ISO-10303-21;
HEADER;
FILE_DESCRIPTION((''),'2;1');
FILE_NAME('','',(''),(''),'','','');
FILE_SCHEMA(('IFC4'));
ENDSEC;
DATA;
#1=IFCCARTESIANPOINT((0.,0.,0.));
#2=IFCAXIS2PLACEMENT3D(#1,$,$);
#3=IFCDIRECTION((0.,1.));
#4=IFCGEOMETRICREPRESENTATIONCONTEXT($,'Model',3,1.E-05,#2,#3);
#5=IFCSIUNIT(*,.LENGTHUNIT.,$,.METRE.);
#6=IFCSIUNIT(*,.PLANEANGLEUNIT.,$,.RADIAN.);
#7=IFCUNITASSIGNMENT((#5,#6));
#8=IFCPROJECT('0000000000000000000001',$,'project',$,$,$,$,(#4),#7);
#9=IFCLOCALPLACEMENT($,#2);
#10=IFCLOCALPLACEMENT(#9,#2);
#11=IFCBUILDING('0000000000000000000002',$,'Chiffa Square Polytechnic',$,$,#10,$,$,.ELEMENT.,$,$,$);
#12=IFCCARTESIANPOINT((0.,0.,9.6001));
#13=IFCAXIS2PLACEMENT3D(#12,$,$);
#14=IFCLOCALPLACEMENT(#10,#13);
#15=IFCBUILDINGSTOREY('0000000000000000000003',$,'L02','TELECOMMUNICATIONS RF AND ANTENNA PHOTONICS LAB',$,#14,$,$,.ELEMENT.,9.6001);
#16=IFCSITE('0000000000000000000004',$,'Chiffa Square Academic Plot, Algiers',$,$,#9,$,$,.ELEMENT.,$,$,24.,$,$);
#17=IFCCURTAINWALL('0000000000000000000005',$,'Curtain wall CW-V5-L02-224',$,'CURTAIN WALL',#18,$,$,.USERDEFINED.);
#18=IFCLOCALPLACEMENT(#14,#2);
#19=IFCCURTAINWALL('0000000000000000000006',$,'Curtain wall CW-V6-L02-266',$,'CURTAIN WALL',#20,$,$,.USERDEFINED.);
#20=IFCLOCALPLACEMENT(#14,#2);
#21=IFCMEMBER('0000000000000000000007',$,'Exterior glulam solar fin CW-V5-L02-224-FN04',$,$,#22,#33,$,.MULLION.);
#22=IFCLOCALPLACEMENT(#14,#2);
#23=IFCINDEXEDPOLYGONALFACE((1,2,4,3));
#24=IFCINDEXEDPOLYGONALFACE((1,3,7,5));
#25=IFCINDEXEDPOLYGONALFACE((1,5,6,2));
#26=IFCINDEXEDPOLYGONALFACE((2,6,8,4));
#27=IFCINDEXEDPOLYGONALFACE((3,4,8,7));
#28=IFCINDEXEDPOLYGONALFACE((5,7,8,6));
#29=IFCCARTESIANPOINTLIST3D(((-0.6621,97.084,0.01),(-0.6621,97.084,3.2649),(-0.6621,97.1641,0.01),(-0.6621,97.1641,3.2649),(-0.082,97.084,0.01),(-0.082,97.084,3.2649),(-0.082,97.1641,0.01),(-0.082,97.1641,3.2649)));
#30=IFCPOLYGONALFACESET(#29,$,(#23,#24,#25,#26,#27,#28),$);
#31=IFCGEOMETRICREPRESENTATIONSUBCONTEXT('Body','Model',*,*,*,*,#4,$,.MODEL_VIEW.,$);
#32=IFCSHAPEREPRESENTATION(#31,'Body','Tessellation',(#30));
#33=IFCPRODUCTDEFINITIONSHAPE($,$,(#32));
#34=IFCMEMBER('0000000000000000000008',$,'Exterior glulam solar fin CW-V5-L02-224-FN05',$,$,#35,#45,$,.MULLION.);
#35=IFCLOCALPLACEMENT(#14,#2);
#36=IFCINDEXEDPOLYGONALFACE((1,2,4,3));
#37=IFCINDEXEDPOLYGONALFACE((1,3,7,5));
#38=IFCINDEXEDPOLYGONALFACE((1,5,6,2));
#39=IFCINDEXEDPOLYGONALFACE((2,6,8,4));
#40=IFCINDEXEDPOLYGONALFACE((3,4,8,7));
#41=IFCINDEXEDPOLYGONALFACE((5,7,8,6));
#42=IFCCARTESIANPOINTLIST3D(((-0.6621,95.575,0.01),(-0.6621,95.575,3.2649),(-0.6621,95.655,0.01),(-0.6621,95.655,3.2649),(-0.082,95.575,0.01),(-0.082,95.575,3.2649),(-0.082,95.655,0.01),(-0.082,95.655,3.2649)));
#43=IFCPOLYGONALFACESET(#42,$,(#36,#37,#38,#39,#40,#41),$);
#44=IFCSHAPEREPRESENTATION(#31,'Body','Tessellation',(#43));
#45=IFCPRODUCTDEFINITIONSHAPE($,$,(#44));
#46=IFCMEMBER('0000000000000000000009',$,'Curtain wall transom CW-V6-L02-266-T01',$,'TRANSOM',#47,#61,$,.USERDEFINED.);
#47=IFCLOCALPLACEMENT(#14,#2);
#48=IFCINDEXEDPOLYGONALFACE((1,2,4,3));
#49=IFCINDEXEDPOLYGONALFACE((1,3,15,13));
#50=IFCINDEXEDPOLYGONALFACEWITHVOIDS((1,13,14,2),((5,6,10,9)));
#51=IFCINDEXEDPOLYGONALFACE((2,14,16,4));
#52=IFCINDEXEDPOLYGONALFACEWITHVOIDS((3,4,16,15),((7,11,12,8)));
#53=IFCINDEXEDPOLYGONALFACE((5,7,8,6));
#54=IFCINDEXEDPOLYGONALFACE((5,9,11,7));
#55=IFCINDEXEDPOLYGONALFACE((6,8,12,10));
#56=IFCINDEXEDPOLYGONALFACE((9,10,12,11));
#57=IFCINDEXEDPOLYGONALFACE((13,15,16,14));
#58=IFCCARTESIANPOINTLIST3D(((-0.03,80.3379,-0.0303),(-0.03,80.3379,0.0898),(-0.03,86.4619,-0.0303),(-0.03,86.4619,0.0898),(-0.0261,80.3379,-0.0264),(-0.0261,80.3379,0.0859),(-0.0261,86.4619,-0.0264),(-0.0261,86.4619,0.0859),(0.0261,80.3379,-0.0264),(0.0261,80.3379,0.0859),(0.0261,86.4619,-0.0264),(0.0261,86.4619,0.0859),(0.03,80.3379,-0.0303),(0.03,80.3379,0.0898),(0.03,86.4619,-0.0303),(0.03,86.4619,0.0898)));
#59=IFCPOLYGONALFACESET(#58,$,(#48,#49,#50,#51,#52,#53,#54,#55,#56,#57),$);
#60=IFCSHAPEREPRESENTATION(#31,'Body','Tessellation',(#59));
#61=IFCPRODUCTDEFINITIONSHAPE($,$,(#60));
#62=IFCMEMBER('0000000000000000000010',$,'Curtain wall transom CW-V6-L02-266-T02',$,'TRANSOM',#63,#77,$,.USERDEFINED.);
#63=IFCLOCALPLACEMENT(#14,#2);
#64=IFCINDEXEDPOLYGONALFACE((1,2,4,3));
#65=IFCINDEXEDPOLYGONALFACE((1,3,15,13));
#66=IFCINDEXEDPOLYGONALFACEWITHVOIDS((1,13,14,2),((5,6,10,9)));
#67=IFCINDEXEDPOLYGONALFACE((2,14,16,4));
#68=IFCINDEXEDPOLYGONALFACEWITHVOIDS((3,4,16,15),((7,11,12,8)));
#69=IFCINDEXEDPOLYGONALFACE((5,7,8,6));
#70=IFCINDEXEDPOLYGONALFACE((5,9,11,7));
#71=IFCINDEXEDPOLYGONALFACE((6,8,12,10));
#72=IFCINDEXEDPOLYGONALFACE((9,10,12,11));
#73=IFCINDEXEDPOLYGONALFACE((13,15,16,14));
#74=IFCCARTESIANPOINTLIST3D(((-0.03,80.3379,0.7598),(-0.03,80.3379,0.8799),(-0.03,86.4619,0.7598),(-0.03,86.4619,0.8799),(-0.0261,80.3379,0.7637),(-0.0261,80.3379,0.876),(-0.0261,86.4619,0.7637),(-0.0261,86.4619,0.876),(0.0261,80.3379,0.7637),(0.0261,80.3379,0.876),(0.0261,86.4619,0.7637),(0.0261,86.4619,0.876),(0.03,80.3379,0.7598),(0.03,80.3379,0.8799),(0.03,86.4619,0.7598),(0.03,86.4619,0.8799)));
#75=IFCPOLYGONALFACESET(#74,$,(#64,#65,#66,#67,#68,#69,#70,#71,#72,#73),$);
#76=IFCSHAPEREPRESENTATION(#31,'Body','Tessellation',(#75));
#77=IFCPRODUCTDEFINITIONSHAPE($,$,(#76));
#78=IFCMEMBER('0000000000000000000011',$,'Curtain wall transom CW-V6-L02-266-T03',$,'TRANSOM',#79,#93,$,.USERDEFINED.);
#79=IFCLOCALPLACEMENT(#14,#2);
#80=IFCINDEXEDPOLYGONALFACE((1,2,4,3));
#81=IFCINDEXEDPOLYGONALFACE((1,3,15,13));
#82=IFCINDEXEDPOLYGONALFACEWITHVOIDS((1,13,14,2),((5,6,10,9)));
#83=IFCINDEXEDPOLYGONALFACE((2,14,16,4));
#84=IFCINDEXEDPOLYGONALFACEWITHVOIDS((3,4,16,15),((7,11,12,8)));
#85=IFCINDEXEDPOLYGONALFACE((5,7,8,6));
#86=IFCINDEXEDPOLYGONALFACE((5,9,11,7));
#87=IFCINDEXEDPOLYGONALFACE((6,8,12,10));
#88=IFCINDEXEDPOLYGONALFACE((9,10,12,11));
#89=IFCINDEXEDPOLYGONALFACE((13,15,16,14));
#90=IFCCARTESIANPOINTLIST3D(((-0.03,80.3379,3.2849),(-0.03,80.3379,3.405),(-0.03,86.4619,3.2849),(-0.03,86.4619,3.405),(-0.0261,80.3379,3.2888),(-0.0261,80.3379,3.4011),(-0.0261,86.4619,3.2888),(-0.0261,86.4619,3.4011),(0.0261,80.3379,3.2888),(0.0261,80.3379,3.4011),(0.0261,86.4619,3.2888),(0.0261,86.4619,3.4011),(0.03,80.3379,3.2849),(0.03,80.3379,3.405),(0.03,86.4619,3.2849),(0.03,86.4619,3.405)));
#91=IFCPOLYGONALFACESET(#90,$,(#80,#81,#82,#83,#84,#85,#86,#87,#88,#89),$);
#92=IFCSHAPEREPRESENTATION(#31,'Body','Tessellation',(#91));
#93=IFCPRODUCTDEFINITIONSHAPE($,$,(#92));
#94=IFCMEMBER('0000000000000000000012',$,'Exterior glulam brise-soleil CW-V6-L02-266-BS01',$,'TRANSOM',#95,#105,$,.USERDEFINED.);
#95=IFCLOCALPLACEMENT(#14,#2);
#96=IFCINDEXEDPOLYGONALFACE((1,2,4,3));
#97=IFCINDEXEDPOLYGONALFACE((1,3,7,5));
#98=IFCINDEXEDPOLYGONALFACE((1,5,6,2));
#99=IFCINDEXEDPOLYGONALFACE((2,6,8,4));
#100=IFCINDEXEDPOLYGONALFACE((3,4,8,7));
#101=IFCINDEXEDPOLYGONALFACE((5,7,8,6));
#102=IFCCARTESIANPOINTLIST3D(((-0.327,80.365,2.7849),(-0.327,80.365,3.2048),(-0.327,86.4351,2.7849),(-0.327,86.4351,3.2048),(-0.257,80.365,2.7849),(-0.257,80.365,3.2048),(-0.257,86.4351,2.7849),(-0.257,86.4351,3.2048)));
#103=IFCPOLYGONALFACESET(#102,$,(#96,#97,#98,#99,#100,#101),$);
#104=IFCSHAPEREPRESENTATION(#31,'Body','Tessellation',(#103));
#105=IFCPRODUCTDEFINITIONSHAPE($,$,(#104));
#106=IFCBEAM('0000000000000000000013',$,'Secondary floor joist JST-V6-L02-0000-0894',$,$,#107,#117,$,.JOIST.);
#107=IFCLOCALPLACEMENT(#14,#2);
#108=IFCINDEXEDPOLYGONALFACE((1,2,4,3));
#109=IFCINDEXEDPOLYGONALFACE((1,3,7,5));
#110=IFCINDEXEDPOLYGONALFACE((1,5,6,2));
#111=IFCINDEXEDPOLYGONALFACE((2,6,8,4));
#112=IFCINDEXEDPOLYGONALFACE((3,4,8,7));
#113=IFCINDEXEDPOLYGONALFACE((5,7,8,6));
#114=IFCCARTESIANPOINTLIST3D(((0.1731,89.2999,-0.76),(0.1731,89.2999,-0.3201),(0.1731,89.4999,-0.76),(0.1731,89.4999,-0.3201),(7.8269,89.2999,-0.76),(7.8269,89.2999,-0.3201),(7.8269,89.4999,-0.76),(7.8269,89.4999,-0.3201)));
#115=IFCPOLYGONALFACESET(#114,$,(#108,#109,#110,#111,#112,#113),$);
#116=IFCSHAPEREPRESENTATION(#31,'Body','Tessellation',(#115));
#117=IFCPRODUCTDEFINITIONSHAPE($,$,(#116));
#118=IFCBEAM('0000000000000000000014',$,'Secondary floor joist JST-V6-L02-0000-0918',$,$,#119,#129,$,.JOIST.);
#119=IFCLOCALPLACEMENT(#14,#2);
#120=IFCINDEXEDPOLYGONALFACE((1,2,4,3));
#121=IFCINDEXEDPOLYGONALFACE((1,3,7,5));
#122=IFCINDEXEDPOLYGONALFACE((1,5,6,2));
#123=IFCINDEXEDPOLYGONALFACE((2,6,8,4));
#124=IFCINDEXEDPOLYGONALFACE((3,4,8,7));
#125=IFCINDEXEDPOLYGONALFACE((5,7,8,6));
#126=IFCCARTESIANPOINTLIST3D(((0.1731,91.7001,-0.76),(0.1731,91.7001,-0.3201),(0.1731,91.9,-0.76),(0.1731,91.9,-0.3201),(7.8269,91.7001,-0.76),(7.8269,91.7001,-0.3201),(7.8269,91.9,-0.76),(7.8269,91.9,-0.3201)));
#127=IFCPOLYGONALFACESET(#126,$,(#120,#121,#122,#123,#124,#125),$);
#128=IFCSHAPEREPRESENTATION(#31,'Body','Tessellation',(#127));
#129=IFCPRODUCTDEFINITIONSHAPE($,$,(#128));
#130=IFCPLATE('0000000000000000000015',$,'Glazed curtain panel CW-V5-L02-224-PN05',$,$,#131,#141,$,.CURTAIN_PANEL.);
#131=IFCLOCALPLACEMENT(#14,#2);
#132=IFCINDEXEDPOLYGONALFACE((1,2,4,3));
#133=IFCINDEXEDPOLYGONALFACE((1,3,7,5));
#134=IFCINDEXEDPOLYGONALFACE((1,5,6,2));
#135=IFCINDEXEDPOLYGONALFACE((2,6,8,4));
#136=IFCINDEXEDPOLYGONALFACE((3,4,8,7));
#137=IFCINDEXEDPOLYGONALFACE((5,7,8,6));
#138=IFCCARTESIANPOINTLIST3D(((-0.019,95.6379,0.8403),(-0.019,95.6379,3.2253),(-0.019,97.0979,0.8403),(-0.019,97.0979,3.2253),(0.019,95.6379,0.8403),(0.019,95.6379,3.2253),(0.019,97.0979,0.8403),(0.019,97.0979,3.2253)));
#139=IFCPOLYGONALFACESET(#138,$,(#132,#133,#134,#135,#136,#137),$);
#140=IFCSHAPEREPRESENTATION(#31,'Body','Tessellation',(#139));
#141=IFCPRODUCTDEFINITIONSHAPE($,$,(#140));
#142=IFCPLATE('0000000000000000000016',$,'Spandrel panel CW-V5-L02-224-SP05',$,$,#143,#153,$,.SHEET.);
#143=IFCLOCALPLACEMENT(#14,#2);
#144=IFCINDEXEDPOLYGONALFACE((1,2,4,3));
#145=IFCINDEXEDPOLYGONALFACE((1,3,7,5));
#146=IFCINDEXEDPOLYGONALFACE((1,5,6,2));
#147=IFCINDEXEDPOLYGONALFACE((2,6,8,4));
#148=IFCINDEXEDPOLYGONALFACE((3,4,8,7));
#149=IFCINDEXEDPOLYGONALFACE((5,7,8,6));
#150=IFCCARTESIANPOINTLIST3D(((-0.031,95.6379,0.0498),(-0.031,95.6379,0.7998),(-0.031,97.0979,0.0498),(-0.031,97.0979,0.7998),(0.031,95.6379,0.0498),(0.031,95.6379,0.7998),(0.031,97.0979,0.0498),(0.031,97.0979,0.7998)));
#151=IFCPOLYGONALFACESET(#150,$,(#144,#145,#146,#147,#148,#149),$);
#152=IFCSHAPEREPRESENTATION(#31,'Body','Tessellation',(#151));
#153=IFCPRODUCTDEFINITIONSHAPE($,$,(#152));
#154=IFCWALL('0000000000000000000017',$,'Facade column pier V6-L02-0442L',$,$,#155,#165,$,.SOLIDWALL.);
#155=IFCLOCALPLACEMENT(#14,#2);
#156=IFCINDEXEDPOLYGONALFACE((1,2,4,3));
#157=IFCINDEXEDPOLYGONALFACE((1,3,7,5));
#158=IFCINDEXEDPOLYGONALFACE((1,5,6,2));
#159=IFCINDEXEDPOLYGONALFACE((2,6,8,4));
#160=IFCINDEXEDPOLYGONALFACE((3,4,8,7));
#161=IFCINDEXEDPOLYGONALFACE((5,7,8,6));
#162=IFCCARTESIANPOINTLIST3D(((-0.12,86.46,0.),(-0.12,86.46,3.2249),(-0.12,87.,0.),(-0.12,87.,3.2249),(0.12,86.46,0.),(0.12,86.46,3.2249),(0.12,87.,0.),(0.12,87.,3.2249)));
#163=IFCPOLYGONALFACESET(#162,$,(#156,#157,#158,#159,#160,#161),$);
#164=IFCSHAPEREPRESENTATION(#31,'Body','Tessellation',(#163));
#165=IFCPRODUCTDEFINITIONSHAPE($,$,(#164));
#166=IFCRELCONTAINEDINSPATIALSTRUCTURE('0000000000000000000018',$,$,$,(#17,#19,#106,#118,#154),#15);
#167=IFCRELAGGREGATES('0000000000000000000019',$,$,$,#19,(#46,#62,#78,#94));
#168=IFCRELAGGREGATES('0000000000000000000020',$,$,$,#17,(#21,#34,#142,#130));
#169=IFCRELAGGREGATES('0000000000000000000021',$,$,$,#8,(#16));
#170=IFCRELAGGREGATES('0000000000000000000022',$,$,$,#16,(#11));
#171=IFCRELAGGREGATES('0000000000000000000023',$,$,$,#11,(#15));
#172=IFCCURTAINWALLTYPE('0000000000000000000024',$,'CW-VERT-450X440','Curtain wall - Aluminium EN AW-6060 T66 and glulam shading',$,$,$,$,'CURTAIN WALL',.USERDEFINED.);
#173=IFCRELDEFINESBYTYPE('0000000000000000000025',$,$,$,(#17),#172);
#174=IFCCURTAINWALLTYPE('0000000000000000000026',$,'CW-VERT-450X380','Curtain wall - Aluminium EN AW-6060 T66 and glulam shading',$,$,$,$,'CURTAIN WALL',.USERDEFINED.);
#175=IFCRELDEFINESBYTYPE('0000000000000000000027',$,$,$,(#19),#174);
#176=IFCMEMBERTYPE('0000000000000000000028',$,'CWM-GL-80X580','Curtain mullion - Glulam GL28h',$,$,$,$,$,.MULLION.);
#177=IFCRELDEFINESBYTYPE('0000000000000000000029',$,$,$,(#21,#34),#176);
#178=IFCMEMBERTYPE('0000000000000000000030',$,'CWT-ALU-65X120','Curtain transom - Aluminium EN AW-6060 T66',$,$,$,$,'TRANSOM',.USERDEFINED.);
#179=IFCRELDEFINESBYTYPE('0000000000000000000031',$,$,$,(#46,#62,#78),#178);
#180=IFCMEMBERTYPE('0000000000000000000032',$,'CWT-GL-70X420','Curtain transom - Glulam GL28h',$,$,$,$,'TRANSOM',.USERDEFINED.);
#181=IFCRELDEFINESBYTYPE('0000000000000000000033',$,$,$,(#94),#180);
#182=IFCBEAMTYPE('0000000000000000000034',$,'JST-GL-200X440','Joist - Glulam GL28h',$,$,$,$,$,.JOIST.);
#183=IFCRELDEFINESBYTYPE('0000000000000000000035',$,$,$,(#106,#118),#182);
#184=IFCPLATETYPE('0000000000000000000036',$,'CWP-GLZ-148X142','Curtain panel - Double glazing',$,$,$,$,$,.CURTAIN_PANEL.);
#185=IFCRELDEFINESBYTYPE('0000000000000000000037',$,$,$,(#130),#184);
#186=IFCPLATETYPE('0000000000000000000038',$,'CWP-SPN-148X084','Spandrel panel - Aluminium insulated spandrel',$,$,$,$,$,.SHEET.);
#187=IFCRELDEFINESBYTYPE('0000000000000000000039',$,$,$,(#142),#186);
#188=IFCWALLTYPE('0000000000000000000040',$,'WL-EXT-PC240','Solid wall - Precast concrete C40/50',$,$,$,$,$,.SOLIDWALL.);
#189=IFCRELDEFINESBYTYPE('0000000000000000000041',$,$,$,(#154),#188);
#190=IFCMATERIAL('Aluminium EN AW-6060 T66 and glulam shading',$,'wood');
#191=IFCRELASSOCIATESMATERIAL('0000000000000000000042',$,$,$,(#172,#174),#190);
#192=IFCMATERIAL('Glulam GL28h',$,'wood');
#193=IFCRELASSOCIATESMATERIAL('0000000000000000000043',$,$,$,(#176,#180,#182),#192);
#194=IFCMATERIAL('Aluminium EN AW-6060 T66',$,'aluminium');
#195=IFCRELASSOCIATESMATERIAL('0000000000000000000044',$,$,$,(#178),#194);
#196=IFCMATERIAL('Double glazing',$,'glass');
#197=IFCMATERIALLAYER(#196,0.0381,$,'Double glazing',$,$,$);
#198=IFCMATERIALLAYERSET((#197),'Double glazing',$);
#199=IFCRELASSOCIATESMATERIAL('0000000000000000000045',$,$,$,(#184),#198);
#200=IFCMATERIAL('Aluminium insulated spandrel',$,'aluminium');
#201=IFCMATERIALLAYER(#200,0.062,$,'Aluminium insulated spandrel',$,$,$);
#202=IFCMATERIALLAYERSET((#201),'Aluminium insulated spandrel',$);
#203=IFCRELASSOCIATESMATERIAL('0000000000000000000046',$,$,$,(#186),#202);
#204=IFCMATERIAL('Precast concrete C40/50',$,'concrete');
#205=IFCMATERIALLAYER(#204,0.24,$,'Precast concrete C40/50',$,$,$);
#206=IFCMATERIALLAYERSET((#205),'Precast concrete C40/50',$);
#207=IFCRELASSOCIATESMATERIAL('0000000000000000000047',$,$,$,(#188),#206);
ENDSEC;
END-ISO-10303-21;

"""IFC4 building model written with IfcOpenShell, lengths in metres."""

from ifc_helpers import new_model, si_unit, direction, frame, frame_2d, origin, origin_2d, place, context, subcontext, project, spatial, rectangle, hollow_rectangle, extrude, material, layer, layer_set, material_profile, profile_set, type_object, element, aggregate, save


model = new_model("IFC4")

# Units and contexts
model_context = context("Model", 3, precision=1e-05, world=origin(), true_north=direction((0.0, 1.0)))
body_context = subcontext(model_context, "Body", "Model", "MODEL_VIEW")
ifc_project = project(units=[si_unit("LENGTHUNIT", "METRE"), si_unit("PLANEANGLEUNIT", "RADIAN")], contexts=[model_context])

# Site, building, storey
site_placement = place(None, origin())
site = spatial("IfcSite", under=ifc_project, at=site_placement, Name="Chiffa Square Academic Plot, Algiers", CompositionType="ELEMENT", RefElevation=24.0)
building_placement = place(site_placement, origin())
building = spatial("IfcBuilding", under=site, at=building_placement, Name="Chiffa Square Polytechnic", CompositionType="ELEMENT")
storey_placement = place(building_placement, frame((0.0, 0.0, 9.6001)))
storey = spatial("IfcBuildingStorey", under=building, at=storey_placement, Name="L02", Description="TELECOMMUNICATIONS RF AND ANTENNA PHOTONICS LAB", CompositionType="ELEMENT", Elevation=9.6001)

# Curtain wall
ifc_material_1 = material(Name="Aluminium EN AW-6060 T66 and glulam shading", Category="wood")
curtain_wall_type_1 = type_object("IfcCurtainWallType", Name="CW-VERT-450X440", Description="Curtain wall - Aluminium EN AW-6060 T66 and glulam shading", ElementType="CURTAIN WALL", PredefinedType="USERDEFINED", material=ifc_material_1)
curtain_wall_1_placement = place(storey_placement, origin())
curtain_wall_1 = element("IfcCurtainWall", 1, at=curtain_wall_1_placement, inside=storey, type_object=curtain_wall_type_1, Name="Curtain wall CW-V5-L02-224", ObjectType="CURTAIN WALL", PredefinedType="USERDEFINED")
ifc_material_2 = material(Name="Aluminium EN AW-6060 T66", Category="aluminium")

# Curtain wall
curtain_wall_type_2 = type_object("IfcCurtainWallType", Name="CW-VERT-450X380", Description="Curtain wall - Aluminium EN AW-6060 T66 and glulam shading", ElementType="CURTAIN WALL", PredefinedType="USERDEFINED", material=ifc_material_1)
curtain_wall_2_placement = place(storey_placement, origin())
curtain_wall_2 = element("IfcCurtainWall", 2, at=curtain_wall_2_placement, inside=storey, type_object=curtain_wall_type_2, Name="Curtain wall CW-V6-L02-266", ObjectType="CURTAIN WALL", PredefinedType="USERDEFINED")

# Members
ifc_material_3 = material(Name="Glulam GL28h", Category="wood")
ifc_material_profile_1 = material_profile(ifc_material_3, rectangle(XDim=0.0801, YDim=0.5801, at=origin_2d()), Name="GL28h 80x580")
ifc_profile_set_1 = profile_set([ifc_material_profile_1], Name="Glulam GL28h")
member_type_1 = type_object("IfcMemberType", Name="CWM-GL-80X580", Description="Curtain mullion - Glulam GL28h", PredefinedType="MULLION", material=ifc_profile_set_1)
member_1_placement = place(storey_placement, frame((-0.3721, 97.124, 0.01), z_axis=(0.0, 0.0, 1.0), x_axis=(0.0, -1.0, 0.0)))
member_1 = element("IfcMember", 3, at=member_1_placement, type_object=member_type_1, Name="Exterior glulam solar fin CW-V5-L02-224-FN04", PredefinedType="MULLION", context=body_context, shape_type="SweptSolid", body=[
    extrude(rectangle(XDim=0.0801, YDim=0.5801, at=origin_2d()), origin(), (0.0, 0.0, 1.0), 3.2549),
])
member_2_placement = place(storey_placement, frame((-0.3721, 95.615, 0.01), z_axis=(0.0, 0.0, 1.0), x_axis=(0.0, -1.0, 0.0)))
member_2 = element("IfcMember", 4, at=member_2_placement, type_object=member_type_1, Name="Exterior glulam solar fin CW-V5-L02-224-FN05", PredefinedType="MULLION", context=body_context, shape_type="SweptSolid", body=[
    extrude(rectangle(XDim=0.0801, YDim=0.5801, at=origin_2d()), origin(), (0.0, 0.0, 1.0), 3.2549),
])
ifc_material_profile_2 = material_profile(ifc_material_2, hollow_rectangle(XDim=0.0601, YDim=0.1201, WallThickness=0.0039, at=origin_2d()), Name="ALU 60x120x4")
ifc_profile_set_2 = profile_set([ifc_material_profile_2], Name="Aluminium EN AW-6060 T66")
member_type_2 = type_object("IfcMemberType", Name="CWT-ALU-65X120", Description="Curtain transom - Aluminium EN AW-6060 T66", ElementType="TRANSOM", PredefinedType="USERDEFINED", material=ifc_profile_set_2)
member_3_placement = place(storey_placement, frame((0.0, 86.4619, 0.0298), z_axis=(0.0, -1.0, 0.0), x_axis=(1.0, 0.0, 0.0)))
member_3 = element("IfcMember", 5, at=member_3_placement, type_object=member_type_2, Name="Curtain wall transom CW-V6-L02-266-T01", ObjectType="TRANSOM", PredefinedType="USERDEFINED", context=body_context, shape_type="SweptSolid", body=[
    extrude(hollow_rectangle(XDim=0.0601, YDim=0.1201, WallThickness=0.0039, at=origin_2d()), origin(), (0.0, 0.0, 1.0), 6.124),
])
member_4_placement = place(storey_placement, frame((0.0, 86.4619, 0.8198), z_axis=(0.0, -1.0, 0.0), x_axis=(1.0, 0.0, 0.0)))
member_4 = element("IfcMember", 6, at=member_4_placement, type_object=member_type_2, Name="Curtain wall transom CW-V6-L02-266-T02", ObjectType="TRANSOM", PredefinedType="USERDEFINED", context=body_context, shape_type="SweptSolid", body=[
    extrude(hollow_rectangle(XDim=0.0601, YDim=0.1201, WallThickness=0.0039, at=origin_2d()), origin(), (0.0, 0.0, 1.0), 6.124),
])
member_5_placement = place(storey_placement, frame((0.0, 86.4619, 3.345), z_axis=(0.0, -1.0, 0.0), x_axis=(1.0, 0.0, 0.0)))
member_5 = element("IfcMember", 7, at=member_5_placement, type_object=member_type_2, Name="Curtain wall transom CW-V6-L02-266-T03", ObjectType="TRANSOM", PredefinedType="USERDEFINED", context=body_context, shape_type="SweptSolid", body=[
    extrude(hollow_rectangle(XDim=0.0601, YDim=0.1201, WallThickness=0.0039, at=origin_2d()), origin(), (0.0, 0.0, 1.0), 6.124),
])
ifc_material_profile_3 = material_profile(ifc_material_3, rectangle(XDim=0.0701, YDim=0.4199, at=origin_2d()), Name="GL28h 70x420")
ifc_profile_set_3 = profile_set([ifc_material_profile_3], Name="Glulam GL28h")
member_type_3 = type_object("IfcMemberType", Name="CWT-GL-70X420", Description="Curtain transom - Glulam GL28h", ElementType="TRANSOM", PredefinedType="USERDEFINED", material=ifc_profile_set_3)
member_6_placement = place(storey_placement, frame((-0.292, 86.4351, 2.9949), z_axis=(0.0, -1.0, 0.0), x_axis=(1.0, 0.0, 0.0)))
member_6 = element("IfcMember", 8, at=member_6_placement, type_object=member_type_3, Name="Exterior glulam brise-soleil CW-V6-L02-266-BS01", ObjectType="TRANSOM", PredefinedType="USERDEFINED", context=body_context, shape_type="SweptSolid", body=[
    extrude(rectangle(XDim=0.0701, YDim=0.4199, at=origin_2d()), origin(), (0.0, 0.0, 1.0), 6.0701),
])
aggregate(curtain_wall_2, [member_3, member_4, member_5, member_6])

# Beams
ifc_material_profile_4 = material_profile(ifc_material_3, rectangle(XDim=0.2, YDim=0.4399, at=origin_2d()), Name="GL28h 200x440")
ifc_profile_set_4 = profile_set([ifc_material_profile_4], Name="Glulam GL28h")
beam_type_1 = type_object("IfcBeamType", Name="JST-GL-200X440", Description="Joist - Glulam GL28h", PredefinedType="JOIST", material=ifc_profile_set_4)
for number, where, z_axis, x_axis, name in (
    (9, (0.1731, 89.3999, -0.54), (1.0, 0.0, 0.0), (0.0, 1.0, 0.0), "Secondary floor joist JST-V6-L02-0000-0894"),
    (10, (0.1731, 91.8, -0.54), (1.0, 0.0, 0.0), (0.0, 1.0, 0.0), "Secondary floor joist JST-V6-L02-0000-0918"),
):
    element("IfcBeam", number, at=place(storey_placement, frame(where, z_axis=z_axis, x_axis=x_axis)), inside=storey, type_object=beam_type_1, Name=name, PredefinedType="JOIST", context=body_context, shape_type="SweptSolid", body=[
        extrude(rectangle(XDim=0.2, YDim=0.4399, at=origin_2d()), origin(), (0.0, 0.0, 1.0), 7.6538),
    ])

# Plates
ifc_material_4 = material(Name="Double glazing", Category="glass")
ifc_layer_1 = layer(ifc_material_4, 0.0381, Name="Double glazing")
ifc_layer_set_1 = layer_set([ifc_layer_1], Name="Double glazing")
plate_type_1 = type_object("IfcPlateType", Name="CWP-GLZ-148X142", Description="Curtain panel - Double glazing", PredefinedType="CURTAIN_PANEL", material=ifc_layer_set_1)
plate_1_placement = place(storey_placement, frame((0.0, 96.3679, 0.8403), z_axis=(0.0, 0.0, 1.0), x_axis=(0.0, -1.0, 0.0)))
plate_1 = element("IfcPlate", 11, at=plate_1_placement, type_object=plate_type_1, Name="Glazed curtain panel CW-V5-L02-224-PN05", PredefinedType="CURTAIN_PANEL", context=body_context, shape_type="SweptSolid", body=[
    extrude(rectangle(XDim=1.46, YDim=0.0381, at=origin_2d()), origin(), (0.0, 0.0, 1.0), 2.385),
])
ifc_material_5 = material(Name="Aluminium insulated spandrel", Category="aluminium")
ifc_layer_2 = layer(ifc_material_5, 0.062, Name="Aluminium insulated spandrel")
ifc_layer_set_2 = layer_set([ifc_layer_2], Name="Aluminium insulated spandrel")
plate_type_2 = type_object("IfcPlateType", Name="CWP-SPN-148X084", Description="Spandrel panel - Aluminium insulated spandrel", PredefinedType="SHEET", material=ifc_layer_set_2)
plate_2_placement = place(storey_placement, frame((0.0, 96.3679, 0.0498), z_axis=(0.0, 0.0, 1.0), x_axis=(0.0, -1.0, 0.0)))
plate_2 = element("IfcPlate", 12, at=plate_2_placement, type_object=plate_type_2, Name="Spandrel panel CW-V5-L02-224-SP05", PredefinedType="SHEET", context=body_context, shape_type="SweptSolid", body=[
    extrude(rectangle(XDim=1.46, YDim=0.062, at=origin_2d()), origin(), (0.0, 0.0, 1.0), 0.75),
])
aggregate(curtain_wall_1, [member_1, member_2, plate_2, plate_1])

# Wall
ifc_material_6 = material(Name="Precast concrete C40/50", Category="concrete")
ifc_layer_3 = layer(ifc_material_6, 0.24, Name="Precast concrete C40/50")
ifc_layer_set_3 = layer_set([ifc_layer_3], Name="Precast concrete C40/50")
wall_type_1 = type_object("IfcWallType", Name="WL-EXT-PC240", Description="Solid wall - Precast concrete C40/50", PredefinedType="SOLIDWALL", material=ifc_layer_set_3)
wall_1_placement = place(storey_placement, frame((0.0, 87.0, 0.0), z_axis=(0.0, 0.0, 1.0), x_axis=(0.0, -1.0, 0.0)))
element("IfcWall", 13, at=wall_1_placement, inside=storey, type_object=wall_type_1, Name="Facade column pier V6-L02-0442L", PredefinedType="SOLIDWALL", context=body_context, shape_type="SweptSolid", body=[
    extrude(rectangle(XDim=0.54, YDim=0.24, at=frame_2d((0.27, 0.0))), origin(), (0.0, 0.0, 1.0), 3.2249),
])

save(model, "model.ifc")
